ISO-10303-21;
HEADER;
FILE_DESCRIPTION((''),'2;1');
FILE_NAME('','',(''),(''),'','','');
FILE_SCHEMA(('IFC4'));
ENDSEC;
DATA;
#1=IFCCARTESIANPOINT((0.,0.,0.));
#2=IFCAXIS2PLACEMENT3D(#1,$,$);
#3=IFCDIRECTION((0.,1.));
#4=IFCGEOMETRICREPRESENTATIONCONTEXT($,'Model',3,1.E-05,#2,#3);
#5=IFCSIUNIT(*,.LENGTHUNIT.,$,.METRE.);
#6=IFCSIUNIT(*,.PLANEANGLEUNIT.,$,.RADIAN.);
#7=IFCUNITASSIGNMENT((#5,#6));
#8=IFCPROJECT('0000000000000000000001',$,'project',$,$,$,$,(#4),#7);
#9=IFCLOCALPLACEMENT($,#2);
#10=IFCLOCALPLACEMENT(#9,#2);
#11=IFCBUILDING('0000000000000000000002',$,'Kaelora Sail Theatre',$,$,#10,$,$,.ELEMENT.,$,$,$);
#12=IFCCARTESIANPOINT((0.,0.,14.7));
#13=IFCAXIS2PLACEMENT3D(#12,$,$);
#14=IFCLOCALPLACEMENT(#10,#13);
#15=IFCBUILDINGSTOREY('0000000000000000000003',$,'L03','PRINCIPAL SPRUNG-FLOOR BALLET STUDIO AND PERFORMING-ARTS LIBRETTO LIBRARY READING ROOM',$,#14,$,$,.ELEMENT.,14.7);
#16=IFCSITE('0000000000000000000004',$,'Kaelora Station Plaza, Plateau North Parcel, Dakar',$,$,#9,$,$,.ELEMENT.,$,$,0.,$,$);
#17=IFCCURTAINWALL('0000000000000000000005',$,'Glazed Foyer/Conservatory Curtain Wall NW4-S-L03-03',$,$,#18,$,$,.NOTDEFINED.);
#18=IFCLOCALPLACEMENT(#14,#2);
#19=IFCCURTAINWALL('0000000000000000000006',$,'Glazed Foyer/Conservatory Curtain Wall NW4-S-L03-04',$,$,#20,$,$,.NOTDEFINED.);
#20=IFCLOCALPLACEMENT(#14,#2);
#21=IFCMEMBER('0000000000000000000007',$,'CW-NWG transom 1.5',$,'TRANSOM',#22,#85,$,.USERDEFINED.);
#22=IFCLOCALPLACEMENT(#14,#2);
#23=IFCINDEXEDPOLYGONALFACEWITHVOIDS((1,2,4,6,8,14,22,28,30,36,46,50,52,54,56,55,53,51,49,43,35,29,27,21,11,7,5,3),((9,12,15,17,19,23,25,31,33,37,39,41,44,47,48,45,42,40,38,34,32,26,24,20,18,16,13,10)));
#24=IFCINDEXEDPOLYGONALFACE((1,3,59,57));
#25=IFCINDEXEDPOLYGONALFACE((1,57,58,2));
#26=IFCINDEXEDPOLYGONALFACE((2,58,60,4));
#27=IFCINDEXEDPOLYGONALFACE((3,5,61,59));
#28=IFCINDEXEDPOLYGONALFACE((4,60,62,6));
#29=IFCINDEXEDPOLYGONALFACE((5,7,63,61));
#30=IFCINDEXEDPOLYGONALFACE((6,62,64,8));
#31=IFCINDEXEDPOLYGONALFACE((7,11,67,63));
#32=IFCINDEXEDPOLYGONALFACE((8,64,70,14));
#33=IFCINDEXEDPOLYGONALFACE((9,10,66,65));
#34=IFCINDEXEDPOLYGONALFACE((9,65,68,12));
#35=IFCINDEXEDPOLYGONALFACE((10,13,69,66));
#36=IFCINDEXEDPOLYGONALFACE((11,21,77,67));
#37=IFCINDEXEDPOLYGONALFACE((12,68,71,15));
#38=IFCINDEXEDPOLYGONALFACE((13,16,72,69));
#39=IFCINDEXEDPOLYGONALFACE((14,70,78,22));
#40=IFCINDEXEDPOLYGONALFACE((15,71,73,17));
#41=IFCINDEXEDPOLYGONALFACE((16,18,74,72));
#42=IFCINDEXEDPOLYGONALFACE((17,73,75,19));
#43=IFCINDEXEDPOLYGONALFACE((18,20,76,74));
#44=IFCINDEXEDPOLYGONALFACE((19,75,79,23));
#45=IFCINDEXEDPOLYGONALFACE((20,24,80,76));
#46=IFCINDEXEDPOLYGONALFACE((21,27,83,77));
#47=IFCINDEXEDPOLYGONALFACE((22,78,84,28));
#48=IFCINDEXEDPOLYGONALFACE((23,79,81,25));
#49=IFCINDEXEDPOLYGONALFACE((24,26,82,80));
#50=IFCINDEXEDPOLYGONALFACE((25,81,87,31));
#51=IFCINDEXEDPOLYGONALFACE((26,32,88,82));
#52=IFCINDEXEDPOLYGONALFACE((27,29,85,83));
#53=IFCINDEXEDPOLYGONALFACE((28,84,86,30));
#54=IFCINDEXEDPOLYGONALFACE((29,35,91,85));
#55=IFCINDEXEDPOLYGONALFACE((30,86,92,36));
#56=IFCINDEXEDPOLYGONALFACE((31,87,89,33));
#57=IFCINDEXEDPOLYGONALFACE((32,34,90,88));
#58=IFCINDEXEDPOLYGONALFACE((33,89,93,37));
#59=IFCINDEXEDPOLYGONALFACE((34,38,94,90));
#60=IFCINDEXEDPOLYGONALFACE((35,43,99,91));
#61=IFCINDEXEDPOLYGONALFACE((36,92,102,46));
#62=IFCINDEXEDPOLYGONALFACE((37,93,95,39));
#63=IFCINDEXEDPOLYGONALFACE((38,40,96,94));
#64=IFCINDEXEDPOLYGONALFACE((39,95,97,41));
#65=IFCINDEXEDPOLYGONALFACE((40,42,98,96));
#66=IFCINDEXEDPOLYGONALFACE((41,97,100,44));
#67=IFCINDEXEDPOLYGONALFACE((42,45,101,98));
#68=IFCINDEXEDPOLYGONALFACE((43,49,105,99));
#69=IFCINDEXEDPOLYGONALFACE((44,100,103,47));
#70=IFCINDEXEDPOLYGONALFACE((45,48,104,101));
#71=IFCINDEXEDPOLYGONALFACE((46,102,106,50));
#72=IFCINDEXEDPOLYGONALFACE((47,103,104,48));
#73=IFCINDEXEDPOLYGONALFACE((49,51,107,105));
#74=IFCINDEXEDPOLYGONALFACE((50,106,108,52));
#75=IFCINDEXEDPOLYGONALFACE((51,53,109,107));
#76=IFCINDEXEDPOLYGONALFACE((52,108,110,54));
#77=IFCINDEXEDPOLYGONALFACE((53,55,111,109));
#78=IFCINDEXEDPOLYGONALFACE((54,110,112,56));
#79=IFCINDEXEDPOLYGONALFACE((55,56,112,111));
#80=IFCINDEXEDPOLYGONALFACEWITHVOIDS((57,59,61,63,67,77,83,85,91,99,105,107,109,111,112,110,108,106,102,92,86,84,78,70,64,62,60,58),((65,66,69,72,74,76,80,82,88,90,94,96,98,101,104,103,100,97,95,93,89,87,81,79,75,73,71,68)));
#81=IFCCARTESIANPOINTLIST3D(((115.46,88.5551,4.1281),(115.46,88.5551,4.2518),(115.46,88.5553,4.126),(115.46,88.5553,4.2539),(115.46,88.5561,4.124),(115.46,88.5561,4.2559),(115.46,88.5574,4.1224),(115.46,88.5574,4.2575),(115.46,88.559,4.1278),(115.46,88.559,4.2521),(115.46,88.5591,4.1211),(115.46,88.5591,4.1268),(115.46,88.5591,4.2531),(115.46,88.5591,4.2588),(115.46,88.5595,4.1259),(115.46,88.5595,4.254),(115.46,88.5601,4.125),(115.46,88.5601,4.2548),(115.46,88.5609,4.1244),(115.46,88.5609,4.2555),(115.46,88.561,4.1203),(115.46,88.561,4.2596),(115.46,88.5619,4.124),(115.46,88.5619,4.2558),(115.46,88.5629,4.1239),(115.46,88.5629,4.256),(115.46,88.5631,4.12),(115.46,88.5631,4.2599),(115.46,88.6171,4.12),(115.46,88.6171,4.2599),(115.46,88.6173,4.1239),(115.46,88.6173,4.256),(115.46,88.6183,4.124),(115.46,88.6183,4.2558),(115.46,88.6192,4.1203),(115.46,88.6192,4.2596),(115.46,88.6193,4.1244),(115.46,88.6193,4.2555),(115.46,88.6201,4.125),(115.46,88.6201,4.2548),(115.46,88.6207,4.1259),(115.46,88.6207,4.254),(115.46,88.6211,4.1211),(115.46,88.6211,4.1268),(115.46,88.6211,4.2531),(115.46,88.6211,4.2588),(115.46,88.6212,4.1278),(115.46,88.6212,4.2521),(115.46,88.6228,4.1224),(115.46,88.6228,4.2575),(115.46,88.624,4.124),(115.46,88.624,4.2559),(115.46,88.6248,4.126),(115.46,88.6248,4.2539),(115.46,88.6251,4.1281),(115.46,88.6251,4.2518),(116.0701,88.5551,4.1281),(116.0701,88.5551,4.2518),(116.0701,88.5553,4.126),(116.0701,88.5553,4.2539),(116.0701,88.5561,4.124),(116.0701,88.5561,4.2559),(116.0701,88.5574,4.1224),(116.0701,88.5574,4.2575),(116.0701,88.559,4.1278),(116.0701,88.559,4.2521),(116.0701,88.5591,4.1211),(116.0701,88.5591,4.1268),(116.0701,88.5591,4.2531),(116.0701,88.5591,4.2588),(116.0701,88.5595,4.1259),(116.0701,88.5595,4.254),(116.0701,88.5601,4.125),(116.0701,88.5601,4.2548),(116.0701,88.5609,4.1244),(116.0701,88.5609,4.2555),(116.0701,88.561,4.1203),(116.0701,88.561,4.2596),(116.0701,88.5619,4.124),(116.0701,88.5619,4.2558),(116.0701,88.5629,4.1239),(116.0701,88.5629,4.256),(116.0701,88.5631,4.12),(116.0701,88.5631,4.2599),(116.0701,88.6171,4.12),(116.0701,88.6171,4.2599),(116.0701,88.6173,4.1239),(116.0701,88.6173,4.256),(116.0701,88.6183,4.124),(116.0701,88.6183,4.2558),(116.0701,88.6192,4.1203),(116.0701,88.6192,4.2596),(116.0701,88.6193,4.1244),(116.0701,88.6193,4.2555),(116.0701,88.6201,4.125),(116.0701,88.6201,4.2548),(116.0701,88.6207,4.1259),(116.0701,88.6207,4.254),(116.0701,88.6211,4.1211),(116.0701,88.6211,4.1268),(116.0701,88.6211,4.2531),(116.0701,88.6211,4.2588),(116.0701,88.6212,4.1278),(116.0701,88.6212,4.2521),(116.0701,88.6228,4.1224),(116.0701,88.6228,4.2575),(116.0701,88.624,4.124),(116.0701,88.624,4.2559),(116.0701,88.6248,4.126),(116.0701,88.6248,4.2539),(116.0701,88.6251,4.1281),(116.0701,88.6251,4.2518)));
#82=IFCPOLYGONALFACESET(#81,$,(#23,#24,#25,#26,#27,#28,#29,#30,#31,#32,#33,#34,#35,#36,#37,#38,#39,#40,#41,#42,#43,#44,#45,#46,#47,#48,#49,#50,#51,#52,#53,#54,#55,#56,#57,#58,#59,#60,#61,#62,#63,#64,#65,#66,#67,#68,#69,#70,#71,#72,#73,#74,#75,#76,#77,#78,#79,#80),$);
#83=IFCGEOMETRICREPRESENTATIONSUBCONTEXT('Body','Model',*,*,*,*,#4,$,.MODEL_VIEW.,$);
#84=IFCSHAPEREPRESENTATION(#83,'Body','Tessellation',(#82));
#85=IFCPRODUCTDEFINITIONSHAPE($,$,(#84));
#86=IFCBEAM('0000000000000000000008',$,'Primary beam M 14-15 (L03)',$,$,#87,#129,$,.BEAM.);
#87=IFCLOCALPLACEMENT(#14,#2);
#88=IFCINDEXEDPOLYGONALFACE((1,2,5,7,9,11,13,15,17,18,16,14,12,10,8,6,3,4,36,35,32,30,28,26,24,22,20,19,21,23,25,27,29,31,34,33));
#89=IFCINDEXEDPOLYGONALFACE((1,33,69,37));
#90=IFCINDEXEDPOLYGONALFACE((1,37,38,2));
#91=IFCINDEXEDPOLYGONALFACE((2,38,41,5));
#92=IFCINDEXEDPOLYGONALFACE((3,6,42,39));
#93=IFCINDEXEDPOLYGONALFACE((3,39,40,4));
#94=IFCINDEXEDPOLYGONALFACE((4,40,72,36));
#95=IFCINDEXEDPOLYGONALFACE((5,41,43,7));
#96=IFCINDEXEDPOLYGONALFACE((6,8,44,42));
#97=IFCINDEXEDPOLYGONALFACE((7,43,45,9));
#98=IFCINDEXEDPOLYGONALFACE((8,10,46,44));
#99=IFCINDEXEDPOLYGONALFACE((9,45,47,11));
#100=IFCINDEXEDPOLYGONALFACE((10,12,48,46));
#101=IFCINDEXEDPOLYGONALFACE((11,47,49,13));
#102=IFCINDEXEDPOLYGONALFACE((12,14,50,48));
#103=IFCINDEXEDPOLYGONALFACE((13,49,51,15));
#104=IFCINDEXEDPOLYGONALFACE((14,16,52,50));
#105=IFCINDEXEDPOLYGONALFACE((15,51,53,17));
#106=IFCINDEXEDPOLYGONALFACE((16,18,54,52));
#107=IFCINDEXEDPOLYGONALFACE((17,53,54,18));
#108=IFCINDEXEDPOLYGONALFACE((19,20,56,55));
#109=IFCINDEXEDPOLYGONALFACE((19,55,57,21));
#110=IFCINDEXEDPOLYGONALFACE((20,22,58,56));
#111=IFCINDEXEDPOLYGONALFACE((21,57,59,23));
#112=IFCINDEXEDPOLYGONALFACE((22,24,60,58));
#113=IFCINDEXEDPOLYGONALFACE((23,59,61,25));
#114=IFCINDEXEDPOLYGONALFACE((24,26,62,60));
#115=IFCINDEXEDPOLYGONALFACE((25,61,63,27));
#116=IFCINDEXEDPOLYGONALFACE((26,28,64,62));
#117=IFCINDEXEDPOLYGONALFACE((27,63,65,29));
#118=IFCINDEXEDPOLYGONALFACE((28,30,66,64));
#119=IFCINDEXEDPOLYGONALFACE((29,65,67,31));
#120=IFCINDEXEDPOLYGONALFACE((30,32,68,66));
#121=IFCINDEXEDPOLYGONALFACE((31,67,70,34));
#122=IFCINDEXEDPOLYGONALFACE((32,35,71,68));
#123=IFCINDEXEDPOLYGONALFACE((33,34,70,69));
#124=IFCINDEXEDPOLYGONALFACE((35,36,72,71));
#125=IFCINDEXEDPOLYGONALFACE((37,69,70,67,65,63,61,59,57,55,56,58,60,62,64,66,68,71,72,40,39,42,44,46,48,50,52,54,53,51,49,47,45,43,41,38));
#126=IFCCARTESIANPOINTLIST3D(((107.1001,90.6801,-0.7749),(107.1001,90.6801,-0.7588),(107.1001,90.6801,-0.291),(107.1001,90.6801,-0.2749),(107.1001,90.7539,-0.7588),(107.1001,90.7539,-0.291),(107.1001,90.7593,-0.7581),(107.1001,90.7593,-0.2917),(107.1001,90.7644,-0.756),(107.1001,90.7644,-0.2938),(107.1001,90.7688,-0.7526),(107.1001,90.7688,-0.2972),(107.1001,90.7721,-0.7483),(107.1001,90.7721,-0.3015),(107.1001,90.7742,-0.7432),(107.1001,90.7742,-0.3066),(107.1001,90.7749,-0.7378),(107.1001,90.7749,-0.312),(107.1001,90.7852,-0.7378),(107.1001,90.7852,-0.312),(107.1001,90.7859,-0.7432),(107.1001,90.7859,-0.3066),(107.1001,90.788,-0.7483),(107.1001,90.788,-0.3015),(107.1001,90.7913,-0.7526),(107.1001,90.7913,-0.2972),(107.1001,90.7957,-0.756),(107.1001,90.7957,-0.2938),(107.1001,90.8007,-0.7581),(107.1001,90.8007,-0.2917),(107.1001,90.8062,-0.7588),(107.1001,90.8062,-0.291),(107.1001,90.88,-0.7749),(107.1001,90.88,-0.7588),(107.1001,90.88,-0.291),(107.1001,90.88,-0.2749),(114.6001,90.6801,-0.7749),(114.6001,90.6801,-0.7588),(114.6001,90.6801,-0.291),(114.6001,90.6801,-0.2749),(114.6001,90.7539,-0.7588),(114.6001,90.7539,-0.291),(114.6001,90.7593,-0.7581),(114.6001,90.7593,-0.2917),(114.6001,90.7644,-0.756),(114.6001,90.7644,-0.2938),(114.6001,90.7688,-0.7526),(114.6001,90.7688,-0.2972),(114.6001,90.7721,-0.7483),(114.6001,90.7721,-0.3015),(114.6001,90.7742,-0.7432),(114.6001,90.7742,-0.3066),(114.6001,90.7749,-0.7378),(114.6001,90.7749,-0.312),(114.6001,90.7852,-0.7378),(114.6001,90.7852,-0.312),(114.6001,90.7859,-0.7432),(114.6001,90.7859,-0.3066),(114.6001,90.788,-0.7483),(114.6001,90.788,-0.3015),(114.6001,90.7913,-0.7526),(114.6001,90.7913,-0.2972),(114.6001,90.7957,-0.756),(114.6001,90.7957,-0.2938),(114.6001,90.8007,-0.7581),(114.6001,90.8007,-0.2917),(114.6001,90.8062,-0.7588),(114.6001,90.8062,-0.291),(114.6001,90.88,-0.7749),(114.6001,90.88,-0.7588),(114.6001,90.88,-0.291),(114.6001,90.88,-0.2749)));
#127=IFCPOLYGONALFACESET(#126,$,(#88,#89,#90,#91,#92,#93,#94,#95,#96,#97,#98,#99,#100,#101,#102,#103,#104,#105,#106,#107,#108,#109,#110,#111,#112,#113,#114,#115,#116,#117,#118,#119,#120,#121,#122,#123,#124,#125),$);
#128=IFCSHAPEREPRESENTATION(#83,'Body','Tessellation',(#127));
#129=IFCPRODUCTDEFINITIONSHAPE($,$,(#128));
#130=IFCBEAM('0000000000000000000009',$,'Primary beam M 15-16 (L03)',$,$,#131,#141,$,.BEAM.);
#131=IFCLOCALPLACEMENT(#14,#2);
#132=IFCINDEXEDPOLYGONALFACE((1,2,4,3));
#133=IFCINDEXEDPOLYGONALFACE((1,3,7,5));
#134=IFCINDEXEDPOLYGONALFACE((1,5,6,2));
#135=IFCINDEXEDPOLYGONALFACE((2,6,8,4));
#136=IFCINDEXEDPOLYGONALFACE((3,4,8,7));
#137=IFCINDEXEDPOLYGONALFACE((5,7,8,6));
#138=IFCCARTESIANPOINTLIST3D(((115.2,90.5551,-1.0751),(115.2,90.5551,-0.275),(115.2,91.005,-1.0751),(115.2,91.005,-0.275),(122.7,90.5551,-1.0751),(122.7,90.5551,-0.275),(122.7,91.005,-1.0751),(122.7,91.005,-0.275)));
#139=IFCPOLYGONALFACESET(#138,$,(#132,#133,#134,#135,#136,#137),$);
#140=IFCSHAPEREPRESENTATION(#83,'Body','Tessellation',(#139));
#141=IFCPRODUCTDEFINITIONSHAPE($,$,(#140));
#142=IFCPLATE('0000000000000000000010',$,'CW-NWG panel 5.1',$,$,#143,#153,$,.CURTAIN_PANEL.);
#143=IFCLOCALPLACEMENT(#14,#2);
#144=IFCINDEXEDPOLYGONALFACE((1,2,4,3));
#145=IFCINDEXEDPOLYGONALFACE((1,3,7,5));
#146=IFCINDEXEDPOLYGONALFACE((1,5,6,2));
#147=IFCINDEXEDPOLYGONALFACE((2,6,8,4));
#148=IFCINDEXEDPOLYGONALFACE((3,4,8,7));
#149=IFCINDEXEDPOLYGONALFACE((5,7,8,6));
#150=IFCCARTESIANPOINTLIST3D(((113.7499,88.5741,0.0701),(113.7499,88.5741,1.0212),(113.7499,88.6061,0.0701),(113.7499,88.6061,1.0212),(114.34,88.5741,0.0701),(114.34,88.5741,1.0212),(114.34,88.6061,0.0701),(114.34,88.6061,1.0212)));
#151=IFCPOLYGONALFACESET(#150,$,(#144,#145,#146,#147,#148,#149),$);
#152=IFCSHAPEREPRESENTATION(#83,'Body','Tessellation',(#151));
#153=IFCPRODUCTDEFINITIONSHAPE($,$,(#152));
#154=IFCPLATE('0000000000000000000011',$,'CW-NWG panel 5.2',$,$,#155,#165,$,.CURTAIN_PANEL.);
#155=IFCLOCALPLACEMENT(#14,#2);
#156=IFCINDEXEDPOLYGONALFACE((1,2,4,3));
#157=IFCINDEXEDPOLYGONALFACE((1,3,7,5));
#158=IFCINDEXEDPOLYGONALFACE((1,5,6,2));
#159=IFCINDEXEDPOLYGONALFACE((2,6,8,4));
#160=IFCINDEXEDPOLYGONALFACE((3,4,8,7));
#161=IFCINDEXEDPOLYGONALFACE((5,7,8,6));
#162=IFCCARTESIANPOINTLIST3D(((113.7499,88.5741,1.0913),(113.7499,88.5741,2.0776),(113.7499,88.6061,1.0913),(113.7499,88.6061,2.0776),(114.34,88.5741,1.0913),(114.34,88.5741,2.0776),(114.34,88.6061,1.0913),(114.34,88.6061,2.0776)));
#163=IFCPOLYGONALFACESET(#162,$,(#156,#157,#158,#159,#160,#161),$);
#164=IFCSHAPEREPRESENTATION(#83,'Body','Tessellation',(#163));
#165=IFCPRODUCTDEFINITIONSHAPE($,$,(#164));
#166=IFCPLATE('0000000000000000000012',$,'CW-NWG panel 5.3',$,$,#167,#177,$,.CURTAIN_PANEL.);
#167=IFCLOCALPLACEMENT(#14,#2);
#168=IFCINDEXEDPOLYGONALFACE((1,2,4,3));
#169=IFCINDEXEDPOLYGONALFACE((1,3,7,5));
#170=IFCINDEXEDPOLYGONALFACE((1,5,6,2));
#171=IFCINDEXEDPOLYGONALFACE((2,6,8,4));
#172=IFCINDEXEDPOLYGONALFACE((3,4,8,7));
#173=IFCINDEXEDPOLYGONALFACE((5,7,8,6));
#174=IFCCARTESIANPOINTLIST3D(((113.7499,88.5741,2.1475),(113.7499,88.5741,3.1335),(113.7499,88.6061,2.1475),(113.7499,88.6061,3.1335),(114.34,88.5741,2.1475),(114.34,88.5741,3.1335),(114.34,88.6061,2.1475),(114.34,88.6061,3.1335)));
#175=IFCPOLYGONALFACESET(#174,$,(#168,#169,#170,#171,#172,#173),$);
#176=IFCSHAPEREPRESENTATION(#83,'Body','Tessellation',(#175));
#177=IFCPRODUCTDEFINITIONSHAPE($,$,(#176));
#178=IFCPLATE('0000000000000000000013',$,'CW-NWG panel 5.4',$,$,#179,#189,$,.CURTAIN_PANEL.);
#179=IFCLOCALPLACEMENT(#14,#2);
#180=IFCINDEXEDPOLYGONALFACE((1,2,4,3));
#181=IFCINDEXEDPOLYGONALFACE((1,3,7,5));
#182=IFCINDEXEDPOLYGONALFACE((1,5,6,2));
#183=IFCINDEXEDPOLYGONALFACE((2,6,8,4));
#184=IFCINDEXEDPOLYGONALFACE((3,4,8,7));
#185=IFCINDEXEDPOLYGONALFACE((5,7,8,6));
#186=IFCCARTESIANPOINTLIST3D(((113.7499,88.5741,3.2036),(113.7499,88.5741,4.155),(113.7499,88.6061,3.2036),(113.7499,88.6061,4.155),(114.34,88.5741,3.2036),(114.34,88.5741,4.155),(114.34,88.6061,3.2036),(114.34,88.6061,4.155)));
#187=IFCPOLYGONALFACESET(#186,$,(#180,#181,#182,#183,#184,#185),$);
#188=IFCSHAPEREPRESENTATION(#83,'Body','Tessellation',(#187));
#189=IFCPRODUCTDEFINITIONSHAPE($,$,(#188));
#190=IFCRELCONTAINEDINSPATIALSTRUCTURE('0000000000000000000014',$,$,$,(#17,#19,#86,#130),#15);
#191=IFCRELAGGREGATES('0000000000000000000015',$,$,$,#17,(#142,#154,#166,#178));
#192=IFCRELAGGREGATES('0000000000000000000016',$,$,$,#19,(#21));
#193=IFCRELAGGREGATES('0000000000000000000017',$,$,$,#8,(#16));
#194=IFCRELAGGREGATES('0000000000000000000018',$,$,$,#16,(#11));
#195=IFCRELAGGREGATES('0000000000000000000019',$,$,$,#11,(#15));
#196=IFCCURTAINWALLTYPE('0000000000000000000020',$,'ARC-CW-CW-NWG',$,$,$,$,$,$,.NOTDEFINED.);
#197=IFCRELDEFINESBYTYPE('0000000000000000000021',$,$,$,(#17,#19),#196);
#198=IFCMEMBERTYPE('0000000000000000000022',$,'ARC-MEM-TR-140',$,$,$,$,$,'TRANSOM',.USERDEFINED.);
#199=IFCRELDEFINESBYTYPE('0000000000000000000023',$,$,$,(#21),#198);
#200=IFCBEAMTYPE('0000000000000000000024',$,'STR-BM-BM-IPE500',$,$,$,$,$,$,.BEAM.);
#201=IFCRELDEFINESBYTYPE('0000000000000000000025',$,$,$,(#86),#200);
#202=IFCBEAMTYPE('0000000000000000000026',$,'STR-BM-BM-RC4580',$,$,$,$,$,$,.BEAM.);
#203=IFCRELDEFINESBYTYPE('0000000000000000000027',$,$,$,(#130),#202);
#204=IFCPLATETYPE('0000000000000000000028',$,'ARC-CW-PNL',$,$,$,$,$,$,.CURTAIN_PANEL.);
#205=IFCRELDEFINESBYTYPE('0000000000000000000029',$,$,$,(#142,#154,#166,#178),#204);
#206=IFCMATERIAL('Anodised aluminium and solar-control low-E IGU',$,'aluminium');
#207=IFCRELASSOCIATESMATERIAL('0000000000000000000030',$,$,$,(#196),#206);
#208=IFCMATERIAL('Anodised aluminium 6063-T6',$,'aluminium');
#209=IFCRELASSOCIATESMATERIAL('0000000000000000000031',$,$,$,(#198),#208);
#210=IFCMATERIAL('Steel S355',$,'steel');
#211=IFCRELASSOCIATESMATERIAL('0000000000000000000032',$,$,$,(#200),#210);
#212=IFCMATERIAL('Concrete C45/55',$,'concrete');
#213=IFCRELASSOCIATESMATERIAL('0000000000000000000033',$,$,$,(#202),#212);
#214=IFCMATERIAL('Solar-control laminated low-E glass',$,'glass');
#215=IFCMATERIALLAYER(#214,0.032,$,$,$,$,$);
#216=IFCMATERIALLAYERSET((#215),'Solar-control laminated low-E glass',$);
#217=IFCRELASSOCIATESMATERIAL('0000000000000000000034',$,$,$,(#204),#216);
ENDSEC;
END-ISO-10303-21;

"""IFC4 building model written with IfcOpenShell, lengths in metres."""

from ifc_helpers import new_model, si_unit, direction, frame, origin, origin_2d, place, context, subcontext, project, spatial, rectangle, hollow_rectangle, i_section, extrude, material, layer, layer_set, material_profile, profile_set, type_object, element, aggregate, save


model = new_model("IFC4")

# Units and contexts
model_context = context("Model", 3, precision=1e-05, world=origin(), true_north=direction((0.0, 1.0)))
body_context = subcontext(model_context, "Body", "Model", "MODEL_VIEW")
ifc_project = project(units=[si_unit("LENGTHUNIT", "METRE"), si_unit("PLANEANGLEUNIT", "RADIAN")], contexts=[model_context])

# Site, building, storey
site_placement = place(None, origin())
site = spatial("IfcSite", under=ifc_project, at=site_placement, Name="Kaelora Station Plaza, Plateau North Parcel, Dakar", CompositionType="ELEMENT", RefElevation=0.0)
building_placement = place(site_placement, origin())
building = spatial("IfcBuilding", under=site, at=building_placement, Name="Kaelora Sail Theatre", CompositionType="ELEMENT")
storey_placement = place(building_placement, frame((0.0, 0.0, 14.7)))
storey = spatial("IfcBuildingStorey", under=building, at=storey_placement, Name="L03", Description="PRINCIPAL SPRUNG-FLOOR BALLET STUDIO AND PERFORMING-ARTS LIBRETTO LIBRARY READING ROOM", CompositionType="ELEMENT", Elevation=14.7)

# Curtain walls
ifc_material_1 = material(Name="Anodised aluminium and solar-control low-E IGU", Category="aluminium")
curtain_wall_type = type_object("IfcCurtainWallType", Name="ARC-CW-CW-NWG", PredefinedType="NOTDEFINED", material=ifc_material_1)
curtain_wall_1_placement = place(storey_placement, origin())
curtain_wall_1 = element("IfcCurtainWall", 1, at=curtain_wall_1_placement, inside=storey, type_object=curtain_wall_type, Name="Glazed Foyer/Conservatory Curtain Wall NW4-S-L03-03", PredefinedType="NOTDEFINED")
curtain_wall_2_placement = place(storey_placement, origin())
curtain_wall_2 = element("IfcCurtainWall", 2, at=curtain_wall_2_placement, inside=storey, type_object=curtain_wall_type, Name="Glazed Foyer/Conservatory Curtain Wall NW4-S-L03-04", PredefinedType="NOTDEFINED")

# Member
ifc_material_2 = material(Name="Anodised aluminium 6063-T6", Category="aluminium")
ifc_material_profile_1 = material_profile(ifc_material_2, hollow_rectangle(XDim=0.0701, YDim=0.1399, WallThickness=0.0039, InnerFilletRadius=0.0039, OuterFilletRadius=0.0081, at=origin_2d()), Name="ALU-TRAN 70x140x4")
ifc_profile_set_1 = profile_set([ifc_material_profile_1], Name="Anodised aluminium 6063-T6")
member_type_1 = type_object("IfcMemberType", Name="ARC-MEM-TR-140", ElementType="TRANSOM", PredefinedType="USERDEFINED", material=ifc_profile_set_1)
member_1_placement = place(storey_placement, frame((115.46, 88.5901, 4.1899), z_axis=(1.0, 0.0, 0.0), x_axis=(0.0, 1.0, 0.0)))
member_1 = element("IfcMember", 3, at=member_1_placement, type_object=member_type_1, Name="CW-NWG transom 1.5", ObjectType="TRANSOM", PredefinedType="USERDEFINED", context=body_context, shape_type="SweptSolid", body=[
    extrude(hollow_rectangle(XDim=0.0701, YDim=0.1399, WallThickness=0.0039, InnerFilletRadius=0.0039, OuterFilletRadius=0.0081, at=origin_2d()), origin(), (0.0, 0.0, 1.0), 0.6101),
])

# Beams
ifc_material_3 = material(Name="Steel S355", Category="steel")
ifc_material_profile_2 = material_profile(ifc_material_3, i_section(OverallWidth=0.2, OverallDepth=0.5, WebThickness=0.0103, FlangeThickness=0.0161, FilletRadius=0.021, at=origin_2d()), Name="IPE 500")
ifc_profile_set_2 = profile_set([ifc_material_profile_2], Name="Steel S355")
beam_type_1 = type_object("IfcBeamType", Name="STR-BM-BM-IPE500", PredefinedType="BEAM", material=ifc_profile_set_2)
beam_1_placement = place(storey_placement, frame((107.1001, 90.78, -0.5249), z_axis=(1.0, 0.0, 0.0), x_axis=(0.0, 1.0, 0.0)))
element("IfcBeam", 4, at=beam_1_placement, inside=storey, type_object=beam_type_1, Name="Primary beam M 14-15 (L03)", PredefinedType="BEAM", context=body_context, shape_type="SweptSolid", body=[
    extrude(i_section(OverallWidth=0.2, OverallDepth=0.5, WebThickness=0.0103, FlangeThickness=0.0161, FilletRadius=0.021, at=origin_2d()), origin(), (0.0, 0.0, 1.0), 7.5),
])
ifc_material_4 = material(Name="Concrete C45/55", Category="concrete")
ifc_material_profile_3 = material_profile(ifc_material_4, rectangle(XDim=0.45, YDim=0.8, at=origin_2d()), Name="RC-BM 450x800")
ifc_profile_set_3 = profile_set([ifc_material_profile_3], Name="Concrete C45/55")
beam_type_2 = type_object("IfcBeamType", Name="STR-BM-BM-RC4580", PredefinedType="BEAM", material=ifc_profile_set_3)
beam_2_placement = place(storey_placement, frame((115.2, 90.78, -0.675), z_axis=(1.0, 0.0, 0.0), x_axis=(0.0, 1.0, 0.0)))
element("IfcBeam", 5, at=beam_2_placement, inside=storey, type_object=beam_type_2, Name="Primary beam M 15-16 (L03)", PredefinedType="BEAM", context=body_context, shape_type="SweptSolid", body=[
    extrude(rectangle(XDim=0.45, YDim=0.8, at=origin_2d()), origin(), (0.0, 0.0, 1.0), 7.5),
])

# Plates
ifc_material_5 = material(Name="Solar-control laminated low-E glass", Category="glass")
ifc_layer_1 = layer(ifc_material_5, 0.032)
ifc_layer_set_1 = layer_set([ifc_layer_1], Name="Solar-control laminated low-E glass")
plate_type = type_object("IfcPlateType", Name="ARC-CW-PNL", PredefinedType="CURTAIN_PANEL", material=ifc_layer_set_1)
plate_1_placement = place(storey_placement, frame((114.0449, 88.5901, 0.0701), z_axis=(0.0, 0.0, 1.0), x_axis=(1.0, 0.0, 0.0)))
plate_1 = element("IfcPlate", 6, at=plate_1_placement, type_object=plate_type, Name="CW-NWG panel 5.1", PredefinedType="CURTAIN_PANEL", context=body_context, shape_type="SweptSolid", body=[
    extrude(rectangle(XDim=0.5901, YDim=0.032, at=origin_2d()), origin(), (0.0, 0.0, 1.0), 0.9512),
])
plate_2_placement = place(storey_placement, frame((114.0449, 88.5901, 1.0913), z_axis=(0.0, 0.0, 1.0), x_axis=(1.0, 0.0, 0.0)))
plate_2 = element("IfcPlate", 7, at=plate_2_placement, type_object=plate_type, Name="CW-NWG panel 5.2", PredefinedType="CURTAIN_PANEL", context=body_context, shape_type="SweptSolid", body=[
    extrude(rectangle(XDim=0.5901, YDim=0.032, at=origin_2d()), origin(), (0.0, 0.0, 1.0), 0.9863),
])
plate_3_placement = place(storey_placement, frame((114.0449, 88.5901, 2.1475), z_axis=(0.0, 0.0, 1.0), x_axis=(1.0, 0.0, 0.0)))
plate_3 = element("IfcPlate", 8, at=plate_3_placement, type_object=plate_type, Name="CW-NWG panel 5.3", PredefinedType="CURTAIN_PANEL", context=body_context, shape_type="SweptSolid", body=[
    extrude(rectangle(XDim=0.5901, YDim=0.032, at=origin_2d()), origin(), (0.0, 0.0, 1.0), 0.9861),
])
plate_4_placement = place(storey_placement, frame((114.0449, 88.5901, 3.2036), z_axis=(0.0, 0.0, 1.0), x_axis=(1.0, 0.0, 0.0)))
plate_4 = element("IfcPlate", 9, at=plate_4_placement, type_object=plate_type, Name="CW-NWG panel 5.4", PredefinedType="CURTAIN_PANEL", context=body_context, shape_type="SweptSolid", body=[
    extrude(rectangle(XDim=0.5901, YDim=0.032, at=origin_2d()), origin(), (0.0, 0.0, 1.0), 0.9514),
])
aggregate(curtain_wall_1, [plate_1, plate_2, plate_3, plate_4])
aggregate(curtain_wall_2, [member_1])

save(model, "model.ifc")
